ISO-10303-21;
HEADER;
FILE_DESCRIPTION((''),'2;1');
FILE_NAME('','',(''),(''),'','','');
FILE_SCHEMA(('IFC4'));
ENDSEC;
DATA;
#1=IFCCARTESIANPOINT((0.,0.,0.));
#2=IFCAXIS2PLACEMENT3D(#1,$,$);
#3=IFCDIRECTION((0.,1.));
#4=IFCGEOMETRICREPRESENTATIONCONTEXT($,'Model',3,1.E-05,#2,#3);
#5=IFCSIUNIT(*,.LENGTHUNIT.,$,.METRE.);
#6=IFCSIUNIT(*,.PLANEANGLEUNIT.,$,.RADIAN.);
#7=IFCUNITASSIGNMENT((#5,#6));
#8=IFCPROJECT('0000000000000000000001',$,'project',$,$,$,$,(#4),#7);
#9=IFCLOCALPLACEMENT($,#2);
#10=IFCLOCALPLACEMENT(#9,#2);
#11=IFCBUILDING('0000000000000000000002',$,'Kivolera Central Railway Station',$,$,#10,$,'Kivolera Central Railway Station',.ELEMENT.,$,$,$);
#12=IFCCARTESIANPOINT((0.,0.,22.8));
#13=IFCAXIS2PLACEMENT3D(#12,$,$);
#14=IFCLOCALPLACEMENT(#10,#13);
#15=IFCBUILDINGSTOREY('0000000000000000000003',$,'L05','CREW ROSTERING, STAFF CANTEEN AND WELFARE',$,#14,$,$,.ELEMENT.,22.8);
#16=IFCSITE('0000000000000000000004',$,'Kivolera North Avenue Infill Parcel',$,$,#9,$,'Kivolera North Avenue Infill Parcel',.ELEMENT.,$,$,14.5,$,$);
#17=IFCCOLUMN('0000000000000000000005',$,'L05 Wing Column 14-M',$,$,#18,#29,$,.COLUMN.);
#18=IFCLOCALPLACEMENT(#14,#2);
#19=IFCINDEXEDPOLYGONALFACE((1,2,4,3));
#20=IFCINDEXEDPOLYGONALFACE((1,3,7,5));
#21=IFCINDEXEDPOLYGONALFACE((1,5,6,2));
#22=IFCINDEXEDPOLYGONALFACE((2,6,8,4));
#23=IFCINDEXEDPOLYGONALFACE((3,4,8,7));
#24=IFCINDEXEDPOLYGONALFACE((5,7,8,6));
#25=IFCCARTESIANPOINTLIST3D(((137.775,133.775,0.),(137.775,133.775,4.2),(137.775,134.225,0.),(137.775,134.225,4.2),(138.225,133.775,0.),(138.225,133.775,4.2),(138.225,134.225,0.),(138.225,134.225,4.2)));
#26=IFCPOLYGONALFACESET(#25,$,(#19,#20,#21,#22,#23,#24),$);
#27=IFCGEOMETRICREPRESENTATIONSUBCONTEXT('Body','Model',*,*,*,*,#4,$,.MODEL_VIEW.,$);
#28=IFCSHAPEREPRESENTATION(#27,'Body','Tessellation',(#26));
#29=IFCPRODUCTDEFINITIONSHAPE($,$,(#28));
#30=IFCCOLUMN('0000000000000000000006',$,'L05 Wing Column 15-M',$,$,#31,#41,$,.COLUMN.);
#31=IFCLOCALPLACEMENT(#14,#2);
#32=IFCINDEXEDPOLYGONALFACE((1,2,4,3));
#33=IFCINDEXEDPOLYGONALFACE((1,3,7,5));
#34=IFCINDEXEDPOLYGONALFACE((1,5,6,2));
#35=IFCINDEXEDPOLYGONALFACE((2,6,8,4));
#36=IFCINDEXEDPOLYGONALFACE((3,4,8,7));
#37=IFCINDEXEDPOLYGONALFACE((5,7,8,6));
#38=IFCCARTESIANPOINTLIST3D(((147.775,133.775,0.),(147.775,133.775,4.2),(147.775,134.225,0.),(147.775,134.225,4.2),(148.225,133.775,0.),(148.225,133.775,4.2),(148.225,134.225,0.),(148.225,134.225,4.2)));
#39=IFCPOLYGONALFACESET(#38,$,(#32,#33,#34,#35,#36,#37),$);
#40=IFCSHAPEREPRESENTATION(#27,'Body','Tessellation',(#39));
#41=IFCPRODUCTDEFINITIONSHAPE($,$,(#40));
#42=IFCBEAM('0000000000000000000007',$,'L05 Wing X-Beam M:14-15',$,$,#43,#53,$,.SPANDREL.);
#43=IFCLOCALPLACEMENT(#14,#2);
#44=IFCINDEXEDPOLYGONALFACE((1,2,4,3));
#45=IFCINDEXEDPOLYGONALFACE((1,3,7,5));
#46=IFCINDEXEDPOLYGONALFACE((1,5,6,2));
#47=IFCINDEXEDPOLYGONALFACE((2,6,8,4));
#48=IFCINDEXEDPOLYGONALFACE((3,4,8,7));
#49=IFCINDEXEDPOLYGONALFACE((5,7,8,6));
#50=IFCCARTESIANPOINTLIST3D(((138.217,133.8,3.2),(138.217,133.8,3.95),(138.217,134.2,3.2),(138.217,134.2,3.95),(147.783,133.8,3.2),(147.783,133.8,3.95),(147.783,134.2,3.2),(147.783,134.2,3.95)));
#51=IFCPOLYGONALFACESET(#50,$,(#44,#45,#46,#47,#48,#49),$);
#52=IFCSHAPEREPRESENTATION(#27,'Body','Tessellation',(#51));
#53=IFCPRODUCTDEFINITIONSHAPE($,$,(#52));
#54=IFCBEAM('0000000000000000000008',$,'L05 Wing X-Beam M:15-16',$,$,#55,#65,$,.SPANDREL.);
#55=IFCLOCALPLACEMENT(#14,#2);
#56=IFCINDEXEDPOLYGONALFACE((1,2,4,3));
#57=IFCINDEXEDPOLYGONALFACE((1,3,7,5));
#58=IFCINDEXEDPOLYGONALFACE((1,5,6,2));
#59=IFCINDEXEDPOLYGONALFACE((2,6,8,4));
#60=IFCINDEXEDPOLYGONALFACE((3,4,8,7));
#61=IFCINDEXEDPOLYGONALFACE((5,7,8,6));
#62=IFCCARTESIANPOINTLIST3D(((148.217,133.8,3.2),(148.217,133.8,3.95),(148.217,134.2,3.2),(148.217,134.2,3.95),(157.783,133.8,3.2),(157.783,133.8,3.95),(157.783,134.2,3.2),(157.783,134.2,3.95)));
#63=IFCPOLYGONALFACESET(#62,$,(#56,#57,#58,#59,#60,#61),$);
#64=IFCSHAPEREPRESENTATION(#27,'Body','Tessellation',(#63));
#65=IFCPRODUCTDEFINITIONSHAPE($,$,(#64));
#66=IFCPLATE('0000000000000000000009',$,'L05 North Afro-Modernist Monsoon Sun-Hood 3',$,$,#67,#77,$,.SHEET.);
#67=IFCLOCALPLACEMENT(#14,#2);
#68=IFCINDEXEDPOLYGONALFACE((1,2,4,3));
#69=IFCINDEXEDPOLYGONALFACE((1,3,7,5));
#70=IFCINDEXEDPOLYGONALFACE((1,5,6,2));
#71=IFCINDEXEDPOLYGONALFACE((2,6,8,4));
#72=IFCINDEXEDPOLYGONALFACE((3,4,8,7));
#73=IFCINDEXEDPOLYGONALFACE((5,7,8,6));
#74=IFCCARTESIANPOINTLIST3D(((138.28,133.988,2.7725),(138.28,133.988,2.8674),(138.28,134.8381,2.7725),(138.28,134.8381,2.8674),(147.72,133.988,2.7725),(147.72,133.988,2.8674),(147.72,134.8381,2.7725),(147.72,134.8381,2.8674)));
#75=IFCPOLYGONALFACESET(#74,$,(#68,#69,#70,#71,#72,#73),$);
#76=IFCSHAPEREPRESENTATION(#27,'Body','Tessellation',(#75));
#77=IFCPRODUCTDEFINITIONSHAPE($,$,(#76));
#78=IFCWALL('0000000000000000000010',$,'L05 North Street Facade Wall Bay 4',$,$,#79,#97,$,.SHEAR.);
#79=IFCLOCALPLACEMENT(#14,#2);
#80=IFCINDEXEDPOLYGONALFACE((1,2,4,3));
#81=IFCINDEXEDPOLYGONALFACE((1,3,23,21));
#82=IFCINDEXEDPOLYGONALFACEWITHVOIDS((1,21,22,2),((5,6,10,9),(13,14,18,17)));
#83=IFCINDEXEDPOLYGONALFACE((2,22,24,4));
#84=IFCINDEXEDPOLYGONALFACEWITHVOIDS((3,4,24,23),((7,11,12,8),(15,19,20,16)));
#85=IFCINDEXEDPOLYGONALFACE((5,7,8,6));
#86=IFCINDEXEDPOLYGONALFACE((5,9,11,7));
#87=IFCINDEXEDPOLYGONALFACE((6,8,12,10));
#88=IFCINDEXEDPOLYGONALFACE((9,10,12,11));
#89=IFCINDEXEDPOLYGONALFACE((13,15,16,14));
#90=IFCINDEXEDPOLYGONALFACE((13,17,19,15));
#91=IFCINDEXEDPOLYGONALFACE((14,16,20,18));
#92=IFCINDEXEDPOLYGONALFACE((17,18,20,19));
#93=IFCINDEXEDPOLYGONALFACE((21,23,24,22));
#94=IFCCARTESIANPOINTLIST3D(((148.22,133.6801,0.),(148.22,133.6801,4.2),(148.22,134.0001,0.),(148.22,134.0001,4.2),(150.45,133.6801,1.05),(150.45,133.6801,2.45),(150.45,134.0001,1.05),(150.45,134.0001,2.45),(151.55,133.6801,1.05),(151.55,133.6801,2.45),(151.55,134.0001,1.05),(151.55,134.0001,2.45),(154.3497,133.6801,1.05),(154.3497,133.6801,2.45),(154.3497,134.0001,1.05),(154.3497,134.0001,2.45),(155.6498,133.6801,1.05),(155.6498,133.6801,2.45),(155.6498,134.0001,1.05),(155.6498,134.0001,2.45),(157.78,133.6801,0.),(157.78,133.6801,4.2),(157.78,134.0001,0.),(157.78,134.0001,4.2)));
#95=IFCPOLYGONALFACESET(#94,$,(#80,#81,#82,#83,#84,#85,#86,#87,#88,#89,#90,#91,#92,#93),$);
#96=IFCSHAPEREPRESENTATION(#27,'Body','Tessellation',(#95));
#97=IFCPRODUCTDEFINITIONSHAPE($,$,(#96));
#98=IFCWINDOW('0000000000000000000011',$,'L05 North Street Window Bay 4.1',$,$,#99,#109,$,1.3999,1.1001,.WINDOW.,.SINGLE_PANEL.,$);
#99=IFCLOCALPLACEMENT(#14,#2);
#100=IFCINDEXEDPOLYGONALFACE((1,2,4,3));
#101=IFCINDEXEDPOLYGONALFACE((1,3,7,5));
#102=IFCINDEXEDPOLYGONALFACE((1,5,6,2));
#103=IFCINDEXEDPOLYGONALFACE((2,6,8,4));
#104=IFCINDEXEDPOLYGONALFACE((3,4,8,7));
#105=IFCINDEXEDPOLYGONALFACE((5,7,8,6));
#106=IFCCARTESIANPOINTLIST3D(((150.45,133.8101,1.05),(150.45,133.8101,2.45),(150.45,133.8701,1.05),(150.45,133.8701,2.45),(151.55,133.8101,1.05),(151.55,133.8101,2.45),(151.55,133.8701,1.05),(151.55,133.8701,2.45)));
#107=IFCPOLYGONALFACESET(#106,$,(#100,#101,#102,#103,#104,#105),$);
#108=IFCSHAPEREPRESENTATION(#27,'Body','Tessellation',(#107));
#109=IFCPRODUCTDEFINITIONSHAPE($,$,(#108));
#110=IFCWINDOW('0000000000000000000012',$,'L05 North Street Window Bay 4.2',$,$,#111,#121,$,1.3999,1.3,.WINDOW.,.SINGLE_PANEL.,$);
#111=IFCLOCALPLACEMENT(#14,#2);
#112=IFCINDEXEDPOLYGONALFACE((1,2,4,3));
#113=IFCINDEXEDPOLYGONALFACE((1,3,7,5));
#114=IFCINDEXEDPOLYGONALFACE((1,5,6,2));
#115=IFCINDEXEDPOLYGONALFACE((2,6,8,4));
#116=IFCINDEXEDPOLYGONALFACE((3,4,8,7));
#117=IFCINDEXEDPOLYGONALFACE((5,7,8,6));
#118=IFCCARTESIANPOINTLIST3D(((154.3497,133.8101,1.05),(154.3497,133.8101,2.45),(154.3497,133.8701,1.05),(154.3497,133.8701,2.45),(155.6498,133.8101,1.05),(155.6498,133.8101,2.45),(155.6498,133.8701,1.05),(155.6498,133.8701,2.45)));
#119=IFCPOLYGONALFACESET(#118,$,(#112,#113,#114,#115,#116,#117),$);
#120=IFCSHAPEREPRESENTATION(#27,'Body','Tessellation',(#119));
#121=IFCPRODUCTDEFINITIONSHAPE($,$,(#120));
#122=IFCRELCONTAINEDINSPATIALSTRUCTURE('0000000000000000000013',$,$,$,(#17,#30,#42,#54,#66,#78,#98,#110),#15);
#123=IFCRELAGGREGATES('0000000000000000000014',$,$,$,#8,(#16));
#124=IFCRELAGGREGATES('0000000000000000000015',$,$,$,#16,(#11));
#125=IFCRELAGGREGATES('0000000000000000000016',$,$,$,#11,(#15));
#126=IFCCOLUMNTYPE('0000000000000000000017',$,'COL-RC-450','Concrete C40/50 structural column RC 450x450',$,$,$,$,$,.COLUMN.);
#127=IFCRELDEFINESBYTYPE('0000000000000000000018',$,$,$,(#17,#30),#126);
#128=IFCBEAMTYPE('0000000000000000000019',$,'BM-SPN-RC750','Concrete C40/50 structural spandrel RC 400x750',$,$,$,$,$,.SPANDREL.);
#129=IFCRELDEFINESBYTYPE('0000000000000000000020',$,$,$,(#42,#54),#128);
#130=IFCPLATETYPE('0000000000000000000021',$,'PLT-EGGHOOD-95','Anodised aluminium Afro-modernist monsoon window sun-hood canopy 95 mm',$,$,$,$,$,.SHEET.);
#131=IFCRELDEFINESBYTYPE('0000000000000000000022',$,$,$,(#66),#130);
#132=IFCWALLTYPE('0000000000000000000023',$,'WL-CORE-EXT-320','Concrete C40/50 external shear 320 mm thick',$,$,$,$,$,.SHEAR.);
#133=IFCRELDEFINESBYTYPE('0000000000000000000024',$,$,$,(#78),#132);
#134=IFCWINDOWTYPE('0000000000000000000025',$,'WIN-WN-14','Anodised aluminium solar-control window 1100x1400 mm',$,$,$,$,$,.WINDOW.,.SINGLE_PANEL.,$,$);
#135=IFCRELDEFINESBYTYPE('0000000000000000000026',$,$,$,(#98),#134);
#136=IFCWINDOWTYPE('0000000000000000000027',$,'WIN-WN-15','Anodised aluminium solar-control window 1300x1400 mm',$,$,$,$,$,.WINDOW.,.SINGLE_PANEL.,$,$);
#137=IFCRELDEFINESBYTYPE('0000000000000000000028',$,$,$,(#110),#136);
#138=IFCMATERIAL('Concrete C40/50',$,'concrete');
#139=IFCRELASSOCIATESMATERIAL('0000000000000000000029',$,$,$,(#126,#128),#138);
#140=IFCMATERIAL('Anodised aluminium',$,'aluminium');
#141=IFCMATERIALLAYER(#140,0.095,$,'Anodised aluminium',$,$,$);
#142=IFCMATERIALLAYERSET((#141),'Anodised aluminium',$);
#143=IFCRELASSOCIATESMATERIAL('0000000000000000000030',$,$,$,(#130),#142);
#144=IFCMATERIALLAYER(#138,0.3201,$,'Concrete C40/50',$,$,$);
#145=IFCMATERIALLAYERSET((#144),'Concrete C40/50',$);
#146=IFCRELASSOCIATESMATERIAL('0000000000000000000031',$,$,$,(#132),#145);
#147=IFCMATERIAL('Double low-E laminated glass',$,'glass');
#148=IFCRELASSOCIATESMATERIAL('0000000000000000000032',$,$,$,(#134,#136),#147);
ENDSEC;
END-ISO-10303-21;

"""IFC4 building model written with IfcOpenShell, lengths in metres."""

from ifc_helpers import new_model, si_unit, direction, frame, frame_2d, origin, origin_2d, place, context, subcontext, project, spatial, rectangle, extrude, material, layer, layer_set, material_profile, profile_set, type_object, element, fill, save


model = new_model("IFC4")

# Units and contexts
model_context = context("Model", 3, precision=1e-05, world=origin(), true_north=direction((0.0, 1.0)))
body_context = subcontext(model_context, "Body", "Model", "MODEL_VIEW")
ifc_project = project(units=[si_unit("LENGTHUNIT", "METRE"), si_unit("PLANEANGLEUNIT", "RADIAN")], contexts=[model_context])

# Site, building, storey
site_placement = place(None, origin())
site = spatial("IfcSite", under=ifc_project, at=site_placement, Name="Kivolera North Avenue Infill Parcel", LongName="Kivolera North Avenue Infill Parcel", CompositionType="ELEMENT", RefElevation=14.5)
building_placement = place(site_placement, origin())
building = spatial("IfcBuilding", under=site, at=building_placement, Name="Kivolera Central Railway Station", LongName="Kivolera Central Railway Station", CompositionType="ELEMENT")
storey_placement = place(building_placement, frame((0.0, 0.0, 22.8)))
storey = spatial("IfcBuildingStorey", under=building, at=storey_placement, Name="L05", Description="CREW ROSTERING, STAFF CANTEEN AND WELFARE", CompositionType="ELEMENT", Elevation=22.8)

# Columns
ifc_material_1 = material(Name="Concrete C40/50", Category="concrete")
ifc_material_profile_1 = material_profile(ifc_material_1, rectangle(XDim=0.45, YDim=0.45, at=origin_2d()), Name="RC 450x450")
ifc_profile_set_1 = profile_set([ifc_material_profile_1], Name="Concrete C40/50")
column_type = type_object("IfcColumnType", Name="COL-RC-450", Description="Concrete C40/50 structural column RC 450x450", PredefinedType="COLUMN", material=ifc_profile_set_1)
for number, where, z_axis, x_axis, name in (
    (1, (138.0, 134.0, 0.0), (0.0, 0.0, 1.0), (1.0, 0.0, 0.0), "L05 Wing Column 14-M"),
    (2, (148.0, 134.0, 0.0), (0.0, 0.0, 1.0), (1.0, 0.0, 0.0), "L05 Wing Column 15-M"),
):
    element("IfcColumn", number, at=place(storey_placement, frame(where, z_axis=z_axis, x_axis=x_axis)), inside=storey, type_object=column_type, Name=name, PredefinedType="COLUMN", context=body_context, shape_type="SweptSolid", body=[
        extrude(rectangle(XDim=0.45, YDim=0.45, at=origin_2d()), origin(), (0.0, 0.0, 1.0), 4.2),
    ])

# Beams
ifc_material_profile_2 = material_profile(ifc_material_1, rectangle(XDim=0.3999, YDim=0.75, at=origin_2d()), Name="RC 400x750")
ifc_profile_set_2 = profile_set([ifc_material_profile_2], Name="Concrete C40/50")
beam_type = type_object("IfcBeamType", Name="BM-SPN-RC750", Description="Concrete C40/50 structural spandrel RC 400x750", PredefinedType="SPANDREL", material=ifc_profile_set_2)
for number, where, z_axis, x_axis, name in (
    (3, (138.217, 134.0, 3.575), (1.0, 0.0, 0.0), (0.0, 1.0, 0.0), "L05 Wing X-Beam M:14-15"),
    (4, (148.217, 134.0, 3.575), (1.0, 0.0, 0.0), (0.0, 1.0, 0.0), "L05 Wing X-Beam M:15-16"),
):
    element("IfcBeam", number, at=place(storey_placement, frame(where, z_axis=z_axis, x_axis=x_axis)), inside=storey, type_object=beam_type, Name=name, PredefinedType="SPANDREL", context=body_context, shape_type="SweptSolid", body=[
        extrude(rectangle(XDim=0.3999, YDim=0.75, at=origin_2d()), origin(), (0.0, 0.0, 1.0), 9.5659),
    ])

# Plate
ifc_material_2 = material(Name="Anodised aluminium", Category="aluminium")
ifc_layer_1 = layer(ifc_material_2, 0.095, Name="Anodised aluminium")
ifc_layer_set_1 = layer_set([ifc_layer_1], Name="Anodised aluminium")
plate_type = type_object("IfcPlateType", Name="PLT-EGGHOOD-95", Description="Anodised aluminium Afro-modernist monsoon window sun-hood canopy 95 mm", PredefinedType="SHEET", material=ifc_layer_set_1)
plate_placement = place(storey_placement, frame((143.0, 134.4131, 2.7725), z_axis=(0.0, 0.0, 1.0), x_axis=(1.0, 0.0, 0.0)))
element("IfcPlate", 5, at=plate_placement, inside=storey, type_object=plate_type, Name="L05 North Afro-Modernist Monsoon Sun-Hood 3", PredefinedType="SHEET", context=body_context, shape_type="SweptSolid", body=[
    extrude(rectangle(XDim=9.4399, YDim=0.8501, at=origin_2d()), origin(), (0.0, 0.0, 1.0), 0.095),
])

# Wall, openings, windows
ifc_layer_2 = layer(ifc_material_1, 0.3201, Name="Concrete C40/50")
ifc_layer_set_2 = layer_set([ifc_layer_2], Name="Concrete C40/50")
wall_type_1 = type_object("IfcWallType", Name="WL-CORE-EXT-320", Description="Concrete C40/50 external shear 320 mm thick", PredefinedType="SHEAR", material=ifc_layer_set_2)
wall_1_placement = place(storey_placement, frame((148.22, 133.8401, 0.0), z_axis=(0.0, 0.0, 1.0), x_axis=(1.0, 0.0, 0.0)))
wall_1 = element("IfcWall", 6, at=wall_1_placement, inside=storey, type_object=wall_type_1, Name="L05 North Street Facade Wall Bay 4", PredefinedType="SHEAR", context=body_context, shape_type="SweptSolid", body=[
    extrude(rectangle(XDim=9.5601, YDim=0.3201, at=frame_2d((4.78, 0.0))), origin(), (0.0, 0.0, 1.0), 4.2),
])
opening_1_placement = place(wall_1_placement, frame((2.23, 0.0, 1.05)))
opening_1 = element("IfcOpeningElement", 7, at=opening_1_placement, cuts=wall_1, PredefinedType="OPENING", context=body_context, shape_type="SweptSolid", body=[
    extrude(rectangle(XDim=1.1001, YDim=1.3999, at=frame_2d((0.55, 0.7))), frame((0.0, 0.1699, 0.0), z_axis=(0.0, -1.0, 0.0), x_axis=(1.0, 0.0, 0.0)), (0.0, 0.0, 1.0), 0.3401),
])
opening_2_placement = place(wall_1_placement, frame((6.1299, 0.0, 1.05)))
opening_2 = element("IfcOpeningElement", 8, at=opening_2_placement, cuts=wall_1, PredefinedType="OPENING", context=body_context, shape_type="SweptSolid", body=[
    extrude(rectangle(XDim=1.3, YDim=1.3999, at=frame_2d((0.6499, 0.7))), frame((0.0, 0.1699, 0.0), z_axis=(0.0, -1.0, 0.0), x_axis=(1.0, 0.0, 0.0)), (0.0, 0.0, 1.0), 0.3401),
])
ifc_material_3 = material(Name="Double low-E laminated glass", Category="glass")
window_type_1 = type_object("IfcWindowType", Name="WIN-WN-14", Description="Anodised aluminium solar-control window 1100x1400 mm", PartitioningType="SINGLE_PANEL", PredefinedType="WINDOW", material=ifc_material_3)
window_1_placement = place(opening_1_placement, origin())
window_1 = element("IfcWindow", 9, at=window_1_placement, inside=storey, type_object=window_type_1, Name="L05 North Street Window Bay 4.1", OverallHeight=1.3999, OverallWidth=1.1001, PartitioningType="SINGLE_PANEL", PredefinedType="WINDOW", context=body_context, shape_type="SweptSolid", body=[
    extrude(rectangle(XDim=1.1001, YDim=1.3999, at=frame_2d((0.55, 0.7))), frame((0.0, 0.03, 0.0), z_axis=(0.0, -1.0, 0.0), x_axis=(1.0, 0.0, 0.0)), (0.0, 0.0, 1.0), 0.0601),
])
fill(opening_1, window_1)
window_type_2 = type_object("IfcWindowType", Name="WIN-WN-15", Description="Anodised aluminium solar-control window 1300x1400 mm", PartitioningType="SINGLE_PANEL", PredefinedType="WINDOW", material=ifc_material_3)
window_2_placement = place(opening_2_placement, origin())
window_2 = element("IfcWindow", 10, at=window_2_placement, inside=storey, type_object=window_type_2, Name="L05 North Street Window Bay 4.2", OverallHeight=1.3999, OverallWidth=1.3, PartitioningType="SINGLE_PANEL", PredefinedType="WINDOW", context=body_context, shape_type="SweptSolid", body=[
    extrude(rectangle(XDim=1.3, YDim=1.3999, at=frame_2d((0.6499, 0.7))), frame((0.0, 0.03, 0.0), z_axis=(0.0, -1.0, 0.0), x_axis=(1.0, 0.0, 0.0)), (0.0, 0.0, 1.0), 0.0601),
])
fill(opening_2, window_2)

save(model, "model.ifc")
